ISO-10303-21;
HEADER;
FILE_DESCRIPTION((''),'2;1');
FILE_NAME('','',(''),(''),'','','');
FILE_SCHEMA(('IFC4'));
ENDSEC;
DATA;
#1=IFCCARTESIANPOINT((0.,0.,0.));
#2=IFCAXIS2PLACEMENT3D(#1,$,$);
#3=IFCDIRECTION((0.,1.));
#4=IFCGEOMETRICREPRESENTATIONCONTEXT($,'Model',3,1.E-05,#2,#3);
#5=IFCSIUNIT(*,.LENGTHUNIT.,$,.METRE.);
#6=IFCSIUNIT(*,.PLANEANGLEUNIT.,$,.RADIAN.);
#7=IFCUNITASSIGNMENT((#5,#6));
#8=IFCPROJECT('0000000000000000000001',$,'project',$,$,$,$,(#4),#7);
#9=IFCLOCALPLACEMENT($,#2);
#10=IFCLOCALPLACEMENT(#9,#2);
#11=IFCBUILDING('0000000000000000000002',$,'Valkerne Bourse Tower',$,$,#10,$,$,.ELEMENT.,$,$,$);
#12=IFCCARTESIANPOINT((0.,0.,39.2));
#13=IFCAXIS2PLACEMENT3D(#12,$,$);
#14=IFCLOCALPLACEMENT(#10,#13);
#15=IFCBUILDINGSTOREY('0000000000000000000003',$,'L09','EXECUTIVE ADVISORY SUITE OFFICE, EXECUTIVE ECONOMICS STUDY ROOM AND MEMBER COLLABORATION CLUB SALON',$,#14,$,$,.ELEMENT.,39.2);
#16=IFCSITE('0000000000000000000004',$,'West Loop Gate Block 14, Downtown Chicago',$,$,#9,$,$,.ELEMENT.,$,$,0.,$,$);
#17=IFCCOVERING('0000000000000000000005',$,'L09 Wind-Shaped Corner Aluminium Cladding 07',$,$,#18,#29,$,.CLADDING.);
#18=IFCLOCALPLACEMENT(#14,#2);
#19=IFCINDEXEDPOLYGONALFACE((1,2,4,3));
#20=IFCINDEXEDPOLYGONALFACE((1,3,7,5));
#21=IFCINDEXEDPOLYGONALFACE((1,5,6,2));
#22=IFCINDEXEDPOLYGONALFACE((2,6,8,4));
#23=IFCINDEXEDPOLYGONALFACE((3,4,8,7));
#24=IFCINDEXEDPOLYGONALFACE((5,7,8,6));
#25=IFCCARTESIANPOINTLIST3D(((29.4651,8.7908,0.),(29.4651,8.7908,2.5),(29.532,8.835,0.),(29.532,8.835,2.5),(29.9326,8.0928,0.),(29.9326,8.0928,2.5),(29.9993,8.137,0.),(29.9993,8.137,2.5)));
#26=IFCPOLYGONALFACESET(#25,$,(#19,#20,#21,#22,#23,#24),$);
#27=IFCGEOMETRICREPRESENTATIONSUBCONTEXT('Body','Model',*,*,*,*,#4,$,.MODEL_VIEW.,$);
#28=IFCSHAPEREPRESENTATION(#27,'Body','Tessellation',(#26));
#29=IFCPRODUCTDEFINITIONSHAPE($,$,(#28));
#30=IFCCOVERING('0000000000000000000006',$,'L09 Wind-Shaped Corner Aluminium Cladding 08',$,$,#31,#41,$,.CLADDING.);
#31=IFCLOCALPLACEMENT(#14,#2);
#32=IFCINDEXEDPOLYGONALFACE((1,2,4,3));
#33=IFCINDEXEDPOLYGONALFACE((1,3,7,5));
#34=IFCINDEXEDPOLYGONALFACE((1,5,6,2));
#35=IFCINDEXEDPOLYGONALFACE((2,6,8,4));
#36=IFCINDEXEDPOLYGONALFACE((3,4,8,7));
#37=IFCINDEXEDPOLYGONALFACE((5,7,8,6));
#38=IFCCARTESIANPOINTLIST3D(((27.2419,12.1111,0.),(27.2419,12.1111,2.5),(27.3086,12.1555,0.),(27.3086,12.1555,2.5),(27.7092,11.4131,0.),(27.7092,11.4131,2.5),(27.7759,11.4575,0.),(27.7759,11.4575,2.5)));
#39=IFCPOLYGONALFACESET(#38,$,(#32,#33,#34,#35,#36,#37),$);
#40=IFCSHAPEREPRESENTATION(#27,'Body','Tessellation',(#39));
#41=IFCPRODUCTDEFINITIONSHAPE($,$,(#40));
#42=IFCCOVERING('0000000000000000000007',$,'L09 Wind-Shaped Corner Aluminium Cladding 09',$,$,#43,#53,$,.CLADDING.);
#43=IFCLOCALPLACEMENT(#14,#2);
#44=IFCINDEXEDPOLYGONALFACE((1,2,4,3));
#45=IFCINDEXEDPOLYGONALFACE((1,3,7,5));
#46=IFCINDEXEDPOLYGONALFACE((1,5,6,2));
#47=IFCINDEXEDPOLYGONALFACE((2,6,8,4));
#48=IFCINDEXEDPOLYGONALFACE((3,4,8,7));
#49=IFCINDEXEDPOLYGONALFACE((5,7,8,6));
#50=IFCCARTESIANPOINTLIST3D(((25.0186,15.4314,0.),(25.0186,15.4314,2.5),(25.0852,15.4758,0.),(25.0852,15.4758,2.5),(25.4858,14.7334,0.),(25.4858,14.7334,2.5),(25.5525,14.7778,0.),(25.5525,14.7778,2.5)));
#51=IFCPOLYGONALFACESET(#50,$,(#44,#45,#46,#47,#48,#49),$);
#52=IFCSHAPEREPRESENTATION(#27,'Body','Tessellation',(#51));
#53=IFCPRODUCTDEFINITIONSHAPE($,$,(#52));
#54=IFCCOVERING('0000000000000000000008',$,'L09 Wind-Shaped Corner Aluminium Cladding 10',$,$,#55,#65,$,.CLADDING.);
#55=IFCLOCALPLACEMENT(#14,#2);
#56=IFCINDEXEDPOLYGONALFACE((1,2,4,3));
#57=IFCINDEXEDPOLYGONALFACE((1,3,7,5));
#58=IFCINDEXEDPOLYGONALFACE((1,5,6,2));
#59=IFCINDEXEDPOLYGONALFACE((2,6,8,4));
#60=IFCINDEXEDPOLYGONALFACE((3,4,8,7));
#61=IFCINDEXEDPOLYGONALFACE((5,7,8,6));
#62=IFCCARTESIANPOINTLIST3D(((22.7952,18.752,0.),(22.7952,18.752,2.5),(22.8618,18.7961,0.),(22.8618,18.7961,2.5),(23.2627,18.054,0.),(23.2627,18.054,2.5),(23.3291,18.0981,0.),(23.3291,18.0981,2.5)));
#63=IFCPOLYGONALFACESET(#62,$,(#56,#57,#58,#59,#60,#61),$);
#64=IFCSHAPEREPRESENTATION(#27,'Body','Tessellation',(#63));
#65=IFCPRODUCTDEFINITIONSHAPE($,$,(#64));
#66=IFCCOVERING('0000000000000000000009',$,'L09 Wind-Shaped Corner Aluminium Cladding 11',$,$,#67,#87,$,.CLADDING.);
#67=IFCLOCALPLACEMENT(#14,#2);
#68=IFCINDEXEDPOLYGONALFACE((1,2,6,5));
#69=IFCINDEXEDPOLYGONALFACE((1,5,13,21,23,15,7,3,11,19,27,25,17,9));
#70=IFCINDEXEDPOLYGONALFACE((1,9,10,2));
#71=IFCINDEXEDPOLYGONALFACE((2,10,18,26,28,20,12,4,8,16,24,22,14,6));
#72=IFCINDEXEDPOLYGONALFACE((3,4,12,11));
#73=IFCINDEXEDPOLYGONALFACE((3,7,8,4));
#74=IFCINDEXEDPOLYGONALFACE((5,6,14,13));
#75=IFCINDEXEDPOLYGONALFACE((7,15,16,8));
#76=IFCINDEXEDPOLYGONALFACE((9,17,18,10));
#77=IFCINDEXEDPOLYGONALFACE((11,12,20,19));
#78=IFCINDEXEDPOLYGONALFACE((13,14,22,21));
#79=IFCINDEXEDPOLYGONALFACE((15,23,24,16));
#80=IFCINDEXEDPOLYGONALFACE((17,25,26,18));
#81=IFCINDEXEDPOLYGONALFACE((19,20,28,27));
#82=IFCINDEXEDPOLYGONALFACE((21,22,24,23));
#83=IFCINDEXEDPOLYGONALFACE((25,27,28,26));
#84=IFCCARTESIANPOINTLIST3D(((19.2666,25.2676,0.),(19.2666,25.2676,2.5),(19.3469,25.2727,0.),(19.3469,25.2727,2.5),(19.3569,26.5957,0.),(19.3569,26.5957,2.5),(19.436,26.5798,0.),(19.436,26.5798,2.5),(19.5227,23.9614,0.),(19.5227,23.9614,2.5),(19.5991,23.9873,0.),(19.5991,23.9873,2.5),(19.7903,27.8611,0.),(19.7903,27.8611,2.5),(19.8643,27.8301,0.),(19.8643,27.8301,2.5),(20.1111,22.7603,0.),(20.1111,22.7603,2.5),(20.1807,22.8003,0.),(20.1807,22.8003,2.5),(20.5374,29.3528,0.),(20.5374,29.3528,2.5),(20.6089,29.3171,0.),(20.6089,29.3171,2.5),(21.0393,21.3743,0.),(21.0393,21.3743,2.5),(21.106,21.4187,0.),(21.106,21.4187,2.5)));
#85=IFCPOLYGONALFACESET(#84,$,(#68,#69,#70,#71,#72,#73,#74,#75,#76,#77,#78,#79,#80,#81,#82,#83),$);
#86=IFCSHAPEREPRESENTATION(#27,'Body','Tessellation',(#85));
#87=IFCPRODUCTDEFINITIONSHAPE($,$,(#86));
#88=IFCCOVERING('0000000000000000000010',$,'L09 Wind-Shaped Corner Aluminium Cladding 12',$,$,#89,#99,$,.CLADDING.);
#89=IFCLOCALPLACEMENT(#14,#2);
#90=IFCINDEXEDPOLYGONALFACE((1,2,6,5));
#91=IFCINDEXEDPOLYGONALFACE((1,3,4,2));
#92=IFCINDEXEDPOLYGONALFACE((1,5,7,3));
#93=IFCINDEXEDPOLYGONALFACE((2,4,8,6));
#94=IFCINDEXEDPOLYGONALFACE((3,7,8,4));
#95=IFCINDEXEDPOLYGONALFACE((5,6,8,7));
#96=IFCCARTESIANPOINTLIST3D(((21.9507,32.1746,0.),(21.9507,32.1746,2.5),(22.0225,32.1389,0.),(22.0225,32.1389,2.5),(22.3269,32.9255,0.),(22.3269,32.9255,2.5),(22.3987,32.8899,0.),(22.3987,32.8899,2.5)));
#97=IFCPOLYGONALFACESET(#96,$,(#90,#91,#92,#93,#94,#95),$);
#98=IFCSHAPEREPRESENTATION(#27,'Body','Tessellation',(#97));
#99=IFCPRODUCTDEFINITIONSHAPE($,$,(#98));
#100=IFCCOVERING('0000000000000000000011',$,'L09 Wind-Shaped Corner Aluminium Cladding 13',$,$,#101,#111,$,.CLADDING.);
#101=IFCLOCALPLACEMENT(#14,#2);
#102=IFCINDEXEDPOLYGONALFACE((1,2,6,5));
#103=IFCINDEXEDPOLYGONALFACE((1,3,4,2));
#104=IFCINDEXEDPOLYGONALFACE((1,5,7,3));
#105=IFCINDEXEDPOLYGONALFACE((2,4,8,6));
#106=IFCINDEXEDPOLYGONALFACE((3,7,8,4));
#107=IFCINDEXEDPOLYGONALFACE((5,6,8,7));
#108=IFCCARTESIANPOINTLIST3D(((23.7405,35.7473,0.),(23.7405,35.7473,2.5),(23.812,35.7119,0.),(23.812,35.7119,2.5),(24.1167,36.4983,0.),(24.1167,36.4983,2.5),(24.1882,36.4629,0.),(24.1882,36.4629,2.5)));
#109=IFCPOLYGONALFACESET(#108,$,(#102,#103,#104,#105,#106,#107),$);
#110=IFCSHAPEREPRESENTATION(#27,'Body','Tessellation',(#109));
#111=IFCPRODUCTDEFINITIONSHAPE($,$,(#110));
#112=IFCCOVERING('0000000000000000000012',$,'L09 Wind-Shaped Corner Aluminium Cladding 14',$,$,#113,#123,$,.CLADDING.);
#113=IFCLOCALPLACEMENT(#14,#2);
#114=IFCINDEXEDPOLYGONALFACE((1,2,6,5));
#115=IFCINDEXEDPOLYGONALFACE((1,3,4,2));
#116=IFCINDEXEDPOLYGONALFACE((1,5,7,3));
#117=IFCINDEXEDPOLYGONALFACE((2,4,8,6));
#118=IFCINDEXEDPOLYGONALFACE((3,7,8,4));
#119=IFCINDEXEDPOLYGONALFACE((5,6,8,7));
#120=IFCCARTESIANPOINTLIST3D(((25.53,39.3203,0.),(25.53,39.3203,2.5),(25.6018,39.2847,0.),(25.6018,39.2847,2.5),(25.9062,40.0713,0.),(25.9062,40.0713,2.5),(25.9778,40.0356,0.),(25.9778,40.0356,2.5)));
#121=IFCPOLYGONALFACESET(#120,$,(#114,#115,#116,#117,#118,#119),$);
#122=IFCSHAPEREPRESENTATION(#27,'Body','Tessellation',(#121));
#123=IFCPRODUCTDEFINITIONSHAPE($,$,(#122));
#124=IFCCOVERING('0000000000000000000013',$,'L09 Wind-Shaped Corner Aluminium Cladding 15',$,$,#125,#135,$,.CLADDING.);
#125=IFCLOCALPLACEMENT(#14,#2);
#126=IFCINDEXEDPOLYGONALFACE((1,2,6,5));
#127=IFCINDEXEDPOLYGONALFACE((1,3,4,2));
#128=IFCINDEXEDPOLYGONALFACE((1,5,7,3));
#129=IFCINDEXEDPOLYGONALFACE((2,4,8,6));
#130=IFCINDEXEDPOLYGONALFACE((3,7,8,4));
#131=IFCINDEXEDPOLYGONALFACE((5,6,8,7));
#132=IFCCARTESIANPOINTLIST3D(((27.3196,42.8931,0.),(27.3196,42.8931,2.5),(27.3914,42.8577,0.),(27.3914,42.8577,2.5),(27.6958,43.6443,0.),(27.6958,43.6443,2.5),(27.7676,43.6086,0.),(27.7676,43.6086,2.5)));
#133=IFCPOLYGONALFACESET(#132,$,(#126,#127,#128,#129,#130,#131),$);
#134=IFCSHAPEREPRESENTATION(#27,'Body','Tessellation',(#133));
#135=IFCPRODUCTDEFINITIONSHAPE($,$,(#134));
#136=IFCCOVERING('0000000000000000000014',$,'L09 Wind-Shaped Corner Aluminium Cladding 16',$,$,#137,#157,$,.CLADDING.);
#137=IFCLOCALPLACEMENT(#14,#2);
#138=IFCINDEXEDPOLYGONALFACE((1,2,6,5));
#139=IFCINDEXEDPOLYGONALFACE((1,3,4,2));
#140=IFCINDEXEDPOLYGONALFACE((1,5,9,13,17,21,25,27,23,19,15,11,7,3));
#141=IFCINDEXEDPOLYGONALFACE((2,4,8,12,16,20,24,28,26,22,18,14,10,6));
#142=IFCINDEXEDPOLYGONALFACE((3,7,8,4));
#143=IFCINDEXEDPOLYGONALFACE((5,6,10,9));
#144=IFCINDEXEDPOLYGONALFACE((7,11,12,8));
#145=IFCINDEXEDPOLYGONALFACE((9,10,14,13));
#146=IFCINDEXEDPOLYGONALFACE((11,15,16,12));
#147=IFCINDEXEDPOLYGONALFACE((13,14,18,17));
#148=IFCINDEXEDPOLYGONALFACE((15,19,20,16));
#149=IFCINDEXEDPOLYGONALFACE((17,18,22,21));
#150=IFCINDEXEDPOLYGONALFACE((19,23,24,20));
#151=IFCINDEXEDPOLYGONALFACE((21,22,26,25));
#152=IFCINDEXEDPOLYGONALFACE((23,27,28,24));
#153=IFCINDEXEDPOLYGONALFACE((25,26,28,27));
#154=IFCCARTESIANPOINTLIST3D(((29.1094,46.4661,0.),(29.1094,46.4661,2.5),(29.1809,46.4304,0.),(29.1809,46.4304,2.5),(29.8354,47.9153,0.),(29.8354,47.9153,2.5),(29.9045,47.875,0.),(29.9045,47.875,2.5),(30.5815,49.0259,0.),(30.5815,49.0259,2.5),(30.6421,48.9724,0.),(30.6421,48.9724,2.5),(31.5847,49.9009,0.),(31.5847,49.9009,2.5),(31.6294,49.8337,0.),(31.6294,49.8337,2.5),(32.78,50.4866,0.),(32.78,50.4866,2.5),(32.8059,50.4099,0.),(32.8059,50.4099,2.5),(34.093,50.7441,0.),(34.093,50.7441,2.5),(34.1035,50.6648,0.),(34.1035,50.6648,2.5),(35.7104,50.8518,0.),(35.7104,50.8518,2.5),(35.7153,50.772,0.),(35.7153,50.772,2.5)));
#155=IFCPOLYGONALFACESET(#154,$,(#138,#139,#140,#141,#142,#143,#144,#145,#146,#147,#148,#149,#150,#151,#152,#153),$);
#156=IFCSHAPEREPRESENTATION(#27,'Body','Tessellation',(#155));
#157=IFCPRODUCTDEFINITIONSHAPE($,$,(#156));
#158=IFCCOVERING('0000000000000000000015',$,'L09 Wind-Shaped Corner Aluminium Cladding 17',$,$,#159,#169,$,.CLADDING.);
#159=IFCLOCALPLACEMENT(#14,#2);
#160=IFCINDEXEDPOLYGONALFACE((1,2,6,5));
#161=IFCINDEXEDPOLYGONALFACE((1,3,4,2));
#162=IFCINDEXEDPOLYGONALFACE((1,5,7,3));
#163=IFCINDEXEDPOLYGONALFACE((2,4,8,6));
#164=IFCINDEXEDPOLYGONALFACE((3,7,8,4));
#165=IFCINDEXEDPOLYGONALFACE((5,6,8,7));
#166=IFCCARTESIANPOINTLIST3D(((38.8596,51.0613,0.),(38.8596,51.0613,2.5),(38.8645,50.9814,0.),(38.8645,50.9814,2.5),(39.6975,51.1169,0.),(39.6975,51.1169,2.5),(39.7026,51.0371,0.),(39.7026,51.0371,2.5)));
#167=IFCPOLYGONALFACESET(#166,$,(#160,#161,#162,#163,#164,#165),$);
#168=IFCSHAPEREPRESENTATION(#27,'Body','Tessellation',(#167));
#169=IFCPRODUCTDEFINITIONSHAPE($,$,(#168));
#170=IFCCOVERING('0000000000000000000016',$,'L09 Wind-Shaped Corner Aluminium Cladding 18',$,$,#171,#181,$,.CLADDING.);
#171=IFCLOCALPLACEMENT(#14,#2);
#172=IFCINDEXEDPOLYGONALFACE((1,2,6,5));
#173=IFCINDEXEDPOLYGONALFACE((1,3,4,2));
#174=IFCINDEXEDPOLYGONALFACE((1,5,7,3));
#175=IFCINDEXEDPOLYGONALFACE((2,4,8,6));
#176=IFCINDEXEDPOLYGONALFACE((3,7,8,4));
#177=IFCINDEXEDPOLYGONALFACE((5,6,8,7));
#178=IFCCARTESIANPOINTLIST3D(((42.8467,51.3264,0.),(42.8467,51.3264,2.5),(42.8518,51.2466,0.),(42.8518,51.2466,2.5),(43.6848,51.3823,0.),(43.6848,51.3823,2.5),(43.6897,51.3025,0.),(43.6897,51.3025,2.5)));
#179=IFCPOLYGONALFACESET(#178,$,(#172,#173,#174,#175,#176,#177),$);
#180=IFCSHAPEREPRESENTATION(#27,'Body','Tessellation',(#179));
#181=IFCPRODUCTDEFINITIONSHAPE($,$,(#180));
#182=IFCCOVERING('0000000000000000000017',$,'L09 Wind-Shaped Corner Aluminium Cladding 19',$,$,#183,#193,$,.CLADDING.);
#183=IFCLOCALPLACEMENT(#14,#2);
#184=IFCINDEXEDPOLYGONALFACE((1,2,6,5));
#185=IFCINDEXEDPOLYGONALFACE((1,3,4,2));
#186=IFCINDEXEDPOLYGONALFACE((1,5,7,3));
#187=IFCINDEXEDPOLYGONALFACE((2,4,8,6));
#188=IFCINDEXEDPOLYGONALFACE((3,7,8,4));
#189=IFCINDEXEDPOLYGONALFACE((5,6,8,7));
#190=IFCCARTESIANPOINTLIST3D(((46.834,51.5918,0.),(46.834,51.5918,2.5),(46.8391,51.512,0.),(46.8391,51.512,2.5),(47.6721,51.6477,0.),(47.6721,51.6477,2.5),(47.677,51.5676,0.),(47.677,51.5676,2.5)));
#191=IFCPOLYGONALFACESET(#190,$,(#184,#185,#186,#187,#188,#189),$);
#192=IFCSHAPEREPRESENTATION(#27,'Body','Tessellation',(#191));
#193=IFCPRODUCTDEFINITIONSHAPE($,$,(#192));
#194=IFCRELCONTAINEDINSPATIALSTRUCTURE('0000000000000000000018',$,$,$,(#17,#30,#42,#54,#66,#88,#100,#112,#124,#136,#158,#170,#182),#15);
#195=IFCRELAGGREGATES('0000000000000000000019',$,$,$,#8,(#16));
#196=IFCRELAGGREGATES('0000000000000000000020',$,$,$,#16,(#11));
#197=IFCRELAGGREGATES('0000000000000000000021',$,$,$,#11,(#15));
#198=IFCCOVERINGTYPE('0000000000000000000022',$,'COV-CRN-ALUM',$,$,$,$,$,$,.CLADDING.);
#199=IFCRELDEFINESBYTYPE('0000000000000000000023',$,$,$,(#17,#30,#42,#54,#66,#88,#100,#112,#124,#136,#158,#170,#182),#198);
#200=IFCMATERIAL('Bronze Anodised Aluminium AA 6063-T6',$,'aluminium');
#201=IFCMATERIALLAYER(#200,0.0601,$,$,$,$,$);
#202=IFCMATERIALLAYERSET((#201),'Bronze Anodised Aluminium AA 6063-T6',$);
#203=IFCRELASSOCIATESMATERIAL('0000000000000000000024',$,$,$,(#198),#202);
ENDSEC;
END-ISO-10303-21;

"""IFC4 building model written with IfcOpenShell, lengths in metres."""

from ifc_helpers import new_model, si_unit, direction, frame, origin, place, context, subcontext, project, spatial, polyline, outline, extrude, material, layer, layer_set, type_object, element, save


model = new_model("IFC4")

# Units and contexts
model_context = context("Model", 3, precision=1e-05, world=origin(), true_north=direction((0.0, 1.0)))
body_context = subcontext(model_context, "Body", "Model", "MODEL_VIEW")
ifc_project = project(units=[si_unit("LENGTHUNIT", "METRE"), si_unit("PLANEANGLEUNIT", "RADIAN")], contexts=[model_context])

# Site, building, storey
site_placement = place(None, origin())
site = spatial("IfcSite", under=ifc_project, at=site_placement, Name="West Loop Gate Block 14, Downtown Chicago", CompositionType="ELEMENT", RefElevation=0.0)
building_placement = place(site_placement, origin())
building = spatial("IfcBuilding", under=site, at=building_placement, Name="Valkerne Bourse Tower", CompositionType="ELEMENT")
storey_placement = place(building_placement, frame((0.0, 0.0, 39.2)))
storey = spatial("IfcBuildingStorey", under=building, at=storey_placement, Name="L09", Description="EXECUTIVE ADVISORY SUITE OFFICE, EXECUTIVE ECONOMICS STUDY ROOM AND MEMBER COLLABORATION CLUB SALON", CompositionType="ELEMENT", Elevation=39.2)

# Coverings
ifc_material_1 = material(Name="Bronze Anodised Aluminium AA 6063-T6", Category="aluminium")
ifc_layer_1 = layer(ifc_material_1, 0.0601)
ifc_layer_set_1 = layer_set([ifc_layer_1], Name="Bronze Anodised Aluminium AA 6063-T6")
covering_type = type_object("IfcCoveringType", Name="COV-CRN-ALUM", PredefinedType="CLADDING", material=ifc_layer_set_1)
covering_1_placement = place(storey_placement, origin())
element("IfcCovering", 1, at=covering_1_placement, inside=storey, type_object=covering_type, Name="L09 Wind-Shaped Corner Aluminium Cladding 07", PredefinedType="CLADDING", context=body_context, shape_type="SweptSolid", body=[
    extrude(outline(polyline([(29.4651, 8.7908), (29.532, 8.835), (29.9993, 8.137), (29.9326, 8.0928), (29.4651, 8.7908)])), origin(), (0.0, 0.0, 1.0), 2.5),
])
covering_2_placement = place(storey_placement, origin())
element("IfcCovering", 2, at=covering_2_placement, inside=storey, type_object=covering_type, Name="L09 Wind-Shaped Corner Aluminium Cladding 08", PredefinedType="CLADDING", context=body_context, shape_type="SweptSolid", body=[
    extrude(outline(polyline([(27.2419, 12.1111), (27.3086, 12.1555), (27.7759, 11.4575), (27.7092, 11.4131), (27.2419, 12.1111)])), origin(), (0.0, 0.0, 1.0), 2.5),
])
covering_3_placement = place(storey_placement, origin())
element("IfcCovering", 3, at=covering_3_placement, inside=storey, type_object=covering_type, Name="L09 Wind-Shaped Corner Aluminium Cladding 09", PredefinedType="CLADDING", context=body_context, shape_type="SweptSolid", body=[
    extrude(outline(polyline([(25.0186, 15.4314), (25.0852, 15.4758), (25.5525, 14.7778), (25.4858, 14.7334), (25.0186, 15.4314)])), origin(), (0.0, 0.0, 1.0), 2.5),
])
covering_4_placement = place(storey_placement, origin())
element("IfcCovering", 4, at=covering_4_placement, inside=storey, type_object=covering_type, Name="L09 Wind-Shaped Corner Aluminium Cladding 10", PredefinedType="CLADDING", context=body_context, shape_type="SweptSolid", body=[
    extrude(outline(polyline([(22.7952, 18.752), (22.8618, 18.7961), (23.3291, 18.0981), (23.2627, 18.054), (22.7952, 18.752)])), origin(), (0.0, 0.0, 1.0), 2.5),
])
covering_5_placement = place(storey_placement, origin())
element("IfcCovering", 5, at=covering_5_placement, inside=storey, type_object=covering_type, Name="L09 Wind-Shaped Corner Aluminium Cladding 11", PredefinedType="CLADDING", context=body_context, shape_type="SweptSolid", body=[
    extrude(outline(polyline([(20.1111, 22.7603), (19.5227, 23.9614), (19.2666, 25.2676), (19.3569, 26.5957), (19.7903, 27.8611), (20.5374, 29.3528), (20.6089, 29.3171), (19.8643, 27.8301), (19.436, 26.5798), (19.3469, 25.2727), (19.5991, 23.9873), (20.1807, 22.8003), (21.106, 21.4187), (21.0393, 21.3743), (20.1111, 22.7603)])), origin(), (0.0, 0.0, 1.0), 2.5),
])
covering_6_placement = place(storey_placement, origin())
element("IfcCovering", 6, at=covering_6_placement, inside=storey, type_object=covering_type, Name="L09 Wind-Shaped Corner Aluminium Cladding 12", PredefinedType="CLADDING", context=body_context, shape_type="SweptSolid", body=[
    extrude(outline(polyline([(22.3269, 32.9255), (22.3987, 32.8899), (22.0225, 32.1389), (21.9507, 32.1746), (22.3269, 32.9255)])), origin(), (0.0, 0.0, 1.0), 2.5),
])
covering_7_placement = place(storey_placement, origin())
element("IfcCovering", 7, at=covering_7_placement, inside=storey, type_object=covering_type, Name="L09 Wind-Shaped Corner Aluminium Cladding 13", PredefinedType="CLADDING", context=body_context, shape_type="SweptSolid", body=[
    extrude(outline(polyline([(24.1167, 36.4983), (24.1882, 36.4629), (23.812, 35.7119), (23.7405, 35.7473), (24.1167, 36.4983)])), origin(), (0.0, 0.0, 1.0), 2.5),
])
covering_8_placement = place(storey_placement, origin())
element("IfcCovering", 8, at=covering_8_placement, inside=storey, type_object=covering_type, Name="L09 Wind-Shaped Corner Aluminium Cladding 14", PredefinedType="CLADDING", context=body_context, shape_type="SweptSolid", body=[
    extrude(outline(polyline([(25.9062, 40.0713), (25.9778, 40.0356), (25.6018, 39.2847), (25.53, 39.3203), (25.9062, 40.0713)])), origin(), (0.0, 0.0, 1.0), 2.5),
])
covering_9_placement = place(storey_placement, origin())
element("IfcCovering", 9, at=covering_9_placement, inside=storey, type_object=covering_type, Name="L09 Wind-Shaped Corner Aluminium Cladding 15", PredefinedType="CLADDING", context=body_context, shape_type="SweptSolid", body=[
    extrude(outline(polyline([(27.6958, 43.6443), (27.7676, 43.6086), (27.3914, 42.8577), (27.3196, 42.8931), (27.6958, 43.6443)])), origin(), (0.0, 0.0, 1.0), 2.5),
])
covering_10_placement = place(storey_placement, origin())
element("IfcCovering", 10, at=covering_10_placement, inside=storey, type_object=covering_type, Name="L09 Wind-Shaped Corner Aluminium Cladding 16", PredefinedType="CLADDING", context=body_context, shape_type="SweptSolid", body=[
    extrude(outline(polyline([(29.8354, 47.9153), (30.5815, 49.0259), (31.5847, 49.9009), (32.78, 50.4866), (34.093, 50.7441), (35.7104, 50.8518), (35.7153, 50.772), (34.1035, 50.6648), (32.8059, 50.4099), (31.6294, 49.8337), (30.6421, 48.9724), (29.9045, 47.875), (29.1809, 46.4304), (29.1094, 46.4661), (29.8354, 47.9153)])), origin(), (0.0, 0.0, 1.0), 2.5),
])
covering_11_placement = place(storey_placement, origin())
element("IfcCovering", 11, at=covering_11_placement, inside=storey, type_object=covering_type, Name="L09 Wind-Shaped Corner Aluminium Cladding 17", PredefinedType="CLADDING", context=body_context, shape_type="SweptSolid", body=[
    extrude(outline(polyline([(39.6975, 51.1169), (39.7026, 51.0371), (38.8645, 50.9814), (38.8596, 51.0613), (39.6975, 51.1169)])), origin(), (0.0, 0.0, 1.0), 2.5),
])
covering_12_placement = place(storey_placement, origin())
element("IfcCovering", 12, at=covering_12_placement, inside=storey, type_object=covering_type, Name="L09 Wind-Shaped Corner Aluminium Cladding 18", PredefinedType="CLADDING", context=body_context, shape_type="SweptSolid", body=[
    extrude(outline(polyline([(43.6848, 51.3823), (43.6897, 51.3025), (42.8518, 51.2466), (42.8467, 51.3264), (43.6848, 51.3823)])), origin(), (0.0, 0.0, 1.0), 2.5),
])
covering_13_placement = place(storey_placement, origin())
element("IfcCovering", 13, at=covering_13_placement, inside=storey, type_object=covering_type, Name="L09 Wind-Shaped Corner Aluminium Cladding 19", PredefinedType="CLADDING", context=body_context, shape_type="SweptSolid", body=[
    extrude(outline(polyline([(47.6721, 51.6477), (47.677, 51.5676), (46.8391, 51.512), (46.834, 51.5918), (47.6721, 51.6477)])), origin(), (0.0, 0.0, 1.0), 2.5),
])

save(model, "model.ifc")
